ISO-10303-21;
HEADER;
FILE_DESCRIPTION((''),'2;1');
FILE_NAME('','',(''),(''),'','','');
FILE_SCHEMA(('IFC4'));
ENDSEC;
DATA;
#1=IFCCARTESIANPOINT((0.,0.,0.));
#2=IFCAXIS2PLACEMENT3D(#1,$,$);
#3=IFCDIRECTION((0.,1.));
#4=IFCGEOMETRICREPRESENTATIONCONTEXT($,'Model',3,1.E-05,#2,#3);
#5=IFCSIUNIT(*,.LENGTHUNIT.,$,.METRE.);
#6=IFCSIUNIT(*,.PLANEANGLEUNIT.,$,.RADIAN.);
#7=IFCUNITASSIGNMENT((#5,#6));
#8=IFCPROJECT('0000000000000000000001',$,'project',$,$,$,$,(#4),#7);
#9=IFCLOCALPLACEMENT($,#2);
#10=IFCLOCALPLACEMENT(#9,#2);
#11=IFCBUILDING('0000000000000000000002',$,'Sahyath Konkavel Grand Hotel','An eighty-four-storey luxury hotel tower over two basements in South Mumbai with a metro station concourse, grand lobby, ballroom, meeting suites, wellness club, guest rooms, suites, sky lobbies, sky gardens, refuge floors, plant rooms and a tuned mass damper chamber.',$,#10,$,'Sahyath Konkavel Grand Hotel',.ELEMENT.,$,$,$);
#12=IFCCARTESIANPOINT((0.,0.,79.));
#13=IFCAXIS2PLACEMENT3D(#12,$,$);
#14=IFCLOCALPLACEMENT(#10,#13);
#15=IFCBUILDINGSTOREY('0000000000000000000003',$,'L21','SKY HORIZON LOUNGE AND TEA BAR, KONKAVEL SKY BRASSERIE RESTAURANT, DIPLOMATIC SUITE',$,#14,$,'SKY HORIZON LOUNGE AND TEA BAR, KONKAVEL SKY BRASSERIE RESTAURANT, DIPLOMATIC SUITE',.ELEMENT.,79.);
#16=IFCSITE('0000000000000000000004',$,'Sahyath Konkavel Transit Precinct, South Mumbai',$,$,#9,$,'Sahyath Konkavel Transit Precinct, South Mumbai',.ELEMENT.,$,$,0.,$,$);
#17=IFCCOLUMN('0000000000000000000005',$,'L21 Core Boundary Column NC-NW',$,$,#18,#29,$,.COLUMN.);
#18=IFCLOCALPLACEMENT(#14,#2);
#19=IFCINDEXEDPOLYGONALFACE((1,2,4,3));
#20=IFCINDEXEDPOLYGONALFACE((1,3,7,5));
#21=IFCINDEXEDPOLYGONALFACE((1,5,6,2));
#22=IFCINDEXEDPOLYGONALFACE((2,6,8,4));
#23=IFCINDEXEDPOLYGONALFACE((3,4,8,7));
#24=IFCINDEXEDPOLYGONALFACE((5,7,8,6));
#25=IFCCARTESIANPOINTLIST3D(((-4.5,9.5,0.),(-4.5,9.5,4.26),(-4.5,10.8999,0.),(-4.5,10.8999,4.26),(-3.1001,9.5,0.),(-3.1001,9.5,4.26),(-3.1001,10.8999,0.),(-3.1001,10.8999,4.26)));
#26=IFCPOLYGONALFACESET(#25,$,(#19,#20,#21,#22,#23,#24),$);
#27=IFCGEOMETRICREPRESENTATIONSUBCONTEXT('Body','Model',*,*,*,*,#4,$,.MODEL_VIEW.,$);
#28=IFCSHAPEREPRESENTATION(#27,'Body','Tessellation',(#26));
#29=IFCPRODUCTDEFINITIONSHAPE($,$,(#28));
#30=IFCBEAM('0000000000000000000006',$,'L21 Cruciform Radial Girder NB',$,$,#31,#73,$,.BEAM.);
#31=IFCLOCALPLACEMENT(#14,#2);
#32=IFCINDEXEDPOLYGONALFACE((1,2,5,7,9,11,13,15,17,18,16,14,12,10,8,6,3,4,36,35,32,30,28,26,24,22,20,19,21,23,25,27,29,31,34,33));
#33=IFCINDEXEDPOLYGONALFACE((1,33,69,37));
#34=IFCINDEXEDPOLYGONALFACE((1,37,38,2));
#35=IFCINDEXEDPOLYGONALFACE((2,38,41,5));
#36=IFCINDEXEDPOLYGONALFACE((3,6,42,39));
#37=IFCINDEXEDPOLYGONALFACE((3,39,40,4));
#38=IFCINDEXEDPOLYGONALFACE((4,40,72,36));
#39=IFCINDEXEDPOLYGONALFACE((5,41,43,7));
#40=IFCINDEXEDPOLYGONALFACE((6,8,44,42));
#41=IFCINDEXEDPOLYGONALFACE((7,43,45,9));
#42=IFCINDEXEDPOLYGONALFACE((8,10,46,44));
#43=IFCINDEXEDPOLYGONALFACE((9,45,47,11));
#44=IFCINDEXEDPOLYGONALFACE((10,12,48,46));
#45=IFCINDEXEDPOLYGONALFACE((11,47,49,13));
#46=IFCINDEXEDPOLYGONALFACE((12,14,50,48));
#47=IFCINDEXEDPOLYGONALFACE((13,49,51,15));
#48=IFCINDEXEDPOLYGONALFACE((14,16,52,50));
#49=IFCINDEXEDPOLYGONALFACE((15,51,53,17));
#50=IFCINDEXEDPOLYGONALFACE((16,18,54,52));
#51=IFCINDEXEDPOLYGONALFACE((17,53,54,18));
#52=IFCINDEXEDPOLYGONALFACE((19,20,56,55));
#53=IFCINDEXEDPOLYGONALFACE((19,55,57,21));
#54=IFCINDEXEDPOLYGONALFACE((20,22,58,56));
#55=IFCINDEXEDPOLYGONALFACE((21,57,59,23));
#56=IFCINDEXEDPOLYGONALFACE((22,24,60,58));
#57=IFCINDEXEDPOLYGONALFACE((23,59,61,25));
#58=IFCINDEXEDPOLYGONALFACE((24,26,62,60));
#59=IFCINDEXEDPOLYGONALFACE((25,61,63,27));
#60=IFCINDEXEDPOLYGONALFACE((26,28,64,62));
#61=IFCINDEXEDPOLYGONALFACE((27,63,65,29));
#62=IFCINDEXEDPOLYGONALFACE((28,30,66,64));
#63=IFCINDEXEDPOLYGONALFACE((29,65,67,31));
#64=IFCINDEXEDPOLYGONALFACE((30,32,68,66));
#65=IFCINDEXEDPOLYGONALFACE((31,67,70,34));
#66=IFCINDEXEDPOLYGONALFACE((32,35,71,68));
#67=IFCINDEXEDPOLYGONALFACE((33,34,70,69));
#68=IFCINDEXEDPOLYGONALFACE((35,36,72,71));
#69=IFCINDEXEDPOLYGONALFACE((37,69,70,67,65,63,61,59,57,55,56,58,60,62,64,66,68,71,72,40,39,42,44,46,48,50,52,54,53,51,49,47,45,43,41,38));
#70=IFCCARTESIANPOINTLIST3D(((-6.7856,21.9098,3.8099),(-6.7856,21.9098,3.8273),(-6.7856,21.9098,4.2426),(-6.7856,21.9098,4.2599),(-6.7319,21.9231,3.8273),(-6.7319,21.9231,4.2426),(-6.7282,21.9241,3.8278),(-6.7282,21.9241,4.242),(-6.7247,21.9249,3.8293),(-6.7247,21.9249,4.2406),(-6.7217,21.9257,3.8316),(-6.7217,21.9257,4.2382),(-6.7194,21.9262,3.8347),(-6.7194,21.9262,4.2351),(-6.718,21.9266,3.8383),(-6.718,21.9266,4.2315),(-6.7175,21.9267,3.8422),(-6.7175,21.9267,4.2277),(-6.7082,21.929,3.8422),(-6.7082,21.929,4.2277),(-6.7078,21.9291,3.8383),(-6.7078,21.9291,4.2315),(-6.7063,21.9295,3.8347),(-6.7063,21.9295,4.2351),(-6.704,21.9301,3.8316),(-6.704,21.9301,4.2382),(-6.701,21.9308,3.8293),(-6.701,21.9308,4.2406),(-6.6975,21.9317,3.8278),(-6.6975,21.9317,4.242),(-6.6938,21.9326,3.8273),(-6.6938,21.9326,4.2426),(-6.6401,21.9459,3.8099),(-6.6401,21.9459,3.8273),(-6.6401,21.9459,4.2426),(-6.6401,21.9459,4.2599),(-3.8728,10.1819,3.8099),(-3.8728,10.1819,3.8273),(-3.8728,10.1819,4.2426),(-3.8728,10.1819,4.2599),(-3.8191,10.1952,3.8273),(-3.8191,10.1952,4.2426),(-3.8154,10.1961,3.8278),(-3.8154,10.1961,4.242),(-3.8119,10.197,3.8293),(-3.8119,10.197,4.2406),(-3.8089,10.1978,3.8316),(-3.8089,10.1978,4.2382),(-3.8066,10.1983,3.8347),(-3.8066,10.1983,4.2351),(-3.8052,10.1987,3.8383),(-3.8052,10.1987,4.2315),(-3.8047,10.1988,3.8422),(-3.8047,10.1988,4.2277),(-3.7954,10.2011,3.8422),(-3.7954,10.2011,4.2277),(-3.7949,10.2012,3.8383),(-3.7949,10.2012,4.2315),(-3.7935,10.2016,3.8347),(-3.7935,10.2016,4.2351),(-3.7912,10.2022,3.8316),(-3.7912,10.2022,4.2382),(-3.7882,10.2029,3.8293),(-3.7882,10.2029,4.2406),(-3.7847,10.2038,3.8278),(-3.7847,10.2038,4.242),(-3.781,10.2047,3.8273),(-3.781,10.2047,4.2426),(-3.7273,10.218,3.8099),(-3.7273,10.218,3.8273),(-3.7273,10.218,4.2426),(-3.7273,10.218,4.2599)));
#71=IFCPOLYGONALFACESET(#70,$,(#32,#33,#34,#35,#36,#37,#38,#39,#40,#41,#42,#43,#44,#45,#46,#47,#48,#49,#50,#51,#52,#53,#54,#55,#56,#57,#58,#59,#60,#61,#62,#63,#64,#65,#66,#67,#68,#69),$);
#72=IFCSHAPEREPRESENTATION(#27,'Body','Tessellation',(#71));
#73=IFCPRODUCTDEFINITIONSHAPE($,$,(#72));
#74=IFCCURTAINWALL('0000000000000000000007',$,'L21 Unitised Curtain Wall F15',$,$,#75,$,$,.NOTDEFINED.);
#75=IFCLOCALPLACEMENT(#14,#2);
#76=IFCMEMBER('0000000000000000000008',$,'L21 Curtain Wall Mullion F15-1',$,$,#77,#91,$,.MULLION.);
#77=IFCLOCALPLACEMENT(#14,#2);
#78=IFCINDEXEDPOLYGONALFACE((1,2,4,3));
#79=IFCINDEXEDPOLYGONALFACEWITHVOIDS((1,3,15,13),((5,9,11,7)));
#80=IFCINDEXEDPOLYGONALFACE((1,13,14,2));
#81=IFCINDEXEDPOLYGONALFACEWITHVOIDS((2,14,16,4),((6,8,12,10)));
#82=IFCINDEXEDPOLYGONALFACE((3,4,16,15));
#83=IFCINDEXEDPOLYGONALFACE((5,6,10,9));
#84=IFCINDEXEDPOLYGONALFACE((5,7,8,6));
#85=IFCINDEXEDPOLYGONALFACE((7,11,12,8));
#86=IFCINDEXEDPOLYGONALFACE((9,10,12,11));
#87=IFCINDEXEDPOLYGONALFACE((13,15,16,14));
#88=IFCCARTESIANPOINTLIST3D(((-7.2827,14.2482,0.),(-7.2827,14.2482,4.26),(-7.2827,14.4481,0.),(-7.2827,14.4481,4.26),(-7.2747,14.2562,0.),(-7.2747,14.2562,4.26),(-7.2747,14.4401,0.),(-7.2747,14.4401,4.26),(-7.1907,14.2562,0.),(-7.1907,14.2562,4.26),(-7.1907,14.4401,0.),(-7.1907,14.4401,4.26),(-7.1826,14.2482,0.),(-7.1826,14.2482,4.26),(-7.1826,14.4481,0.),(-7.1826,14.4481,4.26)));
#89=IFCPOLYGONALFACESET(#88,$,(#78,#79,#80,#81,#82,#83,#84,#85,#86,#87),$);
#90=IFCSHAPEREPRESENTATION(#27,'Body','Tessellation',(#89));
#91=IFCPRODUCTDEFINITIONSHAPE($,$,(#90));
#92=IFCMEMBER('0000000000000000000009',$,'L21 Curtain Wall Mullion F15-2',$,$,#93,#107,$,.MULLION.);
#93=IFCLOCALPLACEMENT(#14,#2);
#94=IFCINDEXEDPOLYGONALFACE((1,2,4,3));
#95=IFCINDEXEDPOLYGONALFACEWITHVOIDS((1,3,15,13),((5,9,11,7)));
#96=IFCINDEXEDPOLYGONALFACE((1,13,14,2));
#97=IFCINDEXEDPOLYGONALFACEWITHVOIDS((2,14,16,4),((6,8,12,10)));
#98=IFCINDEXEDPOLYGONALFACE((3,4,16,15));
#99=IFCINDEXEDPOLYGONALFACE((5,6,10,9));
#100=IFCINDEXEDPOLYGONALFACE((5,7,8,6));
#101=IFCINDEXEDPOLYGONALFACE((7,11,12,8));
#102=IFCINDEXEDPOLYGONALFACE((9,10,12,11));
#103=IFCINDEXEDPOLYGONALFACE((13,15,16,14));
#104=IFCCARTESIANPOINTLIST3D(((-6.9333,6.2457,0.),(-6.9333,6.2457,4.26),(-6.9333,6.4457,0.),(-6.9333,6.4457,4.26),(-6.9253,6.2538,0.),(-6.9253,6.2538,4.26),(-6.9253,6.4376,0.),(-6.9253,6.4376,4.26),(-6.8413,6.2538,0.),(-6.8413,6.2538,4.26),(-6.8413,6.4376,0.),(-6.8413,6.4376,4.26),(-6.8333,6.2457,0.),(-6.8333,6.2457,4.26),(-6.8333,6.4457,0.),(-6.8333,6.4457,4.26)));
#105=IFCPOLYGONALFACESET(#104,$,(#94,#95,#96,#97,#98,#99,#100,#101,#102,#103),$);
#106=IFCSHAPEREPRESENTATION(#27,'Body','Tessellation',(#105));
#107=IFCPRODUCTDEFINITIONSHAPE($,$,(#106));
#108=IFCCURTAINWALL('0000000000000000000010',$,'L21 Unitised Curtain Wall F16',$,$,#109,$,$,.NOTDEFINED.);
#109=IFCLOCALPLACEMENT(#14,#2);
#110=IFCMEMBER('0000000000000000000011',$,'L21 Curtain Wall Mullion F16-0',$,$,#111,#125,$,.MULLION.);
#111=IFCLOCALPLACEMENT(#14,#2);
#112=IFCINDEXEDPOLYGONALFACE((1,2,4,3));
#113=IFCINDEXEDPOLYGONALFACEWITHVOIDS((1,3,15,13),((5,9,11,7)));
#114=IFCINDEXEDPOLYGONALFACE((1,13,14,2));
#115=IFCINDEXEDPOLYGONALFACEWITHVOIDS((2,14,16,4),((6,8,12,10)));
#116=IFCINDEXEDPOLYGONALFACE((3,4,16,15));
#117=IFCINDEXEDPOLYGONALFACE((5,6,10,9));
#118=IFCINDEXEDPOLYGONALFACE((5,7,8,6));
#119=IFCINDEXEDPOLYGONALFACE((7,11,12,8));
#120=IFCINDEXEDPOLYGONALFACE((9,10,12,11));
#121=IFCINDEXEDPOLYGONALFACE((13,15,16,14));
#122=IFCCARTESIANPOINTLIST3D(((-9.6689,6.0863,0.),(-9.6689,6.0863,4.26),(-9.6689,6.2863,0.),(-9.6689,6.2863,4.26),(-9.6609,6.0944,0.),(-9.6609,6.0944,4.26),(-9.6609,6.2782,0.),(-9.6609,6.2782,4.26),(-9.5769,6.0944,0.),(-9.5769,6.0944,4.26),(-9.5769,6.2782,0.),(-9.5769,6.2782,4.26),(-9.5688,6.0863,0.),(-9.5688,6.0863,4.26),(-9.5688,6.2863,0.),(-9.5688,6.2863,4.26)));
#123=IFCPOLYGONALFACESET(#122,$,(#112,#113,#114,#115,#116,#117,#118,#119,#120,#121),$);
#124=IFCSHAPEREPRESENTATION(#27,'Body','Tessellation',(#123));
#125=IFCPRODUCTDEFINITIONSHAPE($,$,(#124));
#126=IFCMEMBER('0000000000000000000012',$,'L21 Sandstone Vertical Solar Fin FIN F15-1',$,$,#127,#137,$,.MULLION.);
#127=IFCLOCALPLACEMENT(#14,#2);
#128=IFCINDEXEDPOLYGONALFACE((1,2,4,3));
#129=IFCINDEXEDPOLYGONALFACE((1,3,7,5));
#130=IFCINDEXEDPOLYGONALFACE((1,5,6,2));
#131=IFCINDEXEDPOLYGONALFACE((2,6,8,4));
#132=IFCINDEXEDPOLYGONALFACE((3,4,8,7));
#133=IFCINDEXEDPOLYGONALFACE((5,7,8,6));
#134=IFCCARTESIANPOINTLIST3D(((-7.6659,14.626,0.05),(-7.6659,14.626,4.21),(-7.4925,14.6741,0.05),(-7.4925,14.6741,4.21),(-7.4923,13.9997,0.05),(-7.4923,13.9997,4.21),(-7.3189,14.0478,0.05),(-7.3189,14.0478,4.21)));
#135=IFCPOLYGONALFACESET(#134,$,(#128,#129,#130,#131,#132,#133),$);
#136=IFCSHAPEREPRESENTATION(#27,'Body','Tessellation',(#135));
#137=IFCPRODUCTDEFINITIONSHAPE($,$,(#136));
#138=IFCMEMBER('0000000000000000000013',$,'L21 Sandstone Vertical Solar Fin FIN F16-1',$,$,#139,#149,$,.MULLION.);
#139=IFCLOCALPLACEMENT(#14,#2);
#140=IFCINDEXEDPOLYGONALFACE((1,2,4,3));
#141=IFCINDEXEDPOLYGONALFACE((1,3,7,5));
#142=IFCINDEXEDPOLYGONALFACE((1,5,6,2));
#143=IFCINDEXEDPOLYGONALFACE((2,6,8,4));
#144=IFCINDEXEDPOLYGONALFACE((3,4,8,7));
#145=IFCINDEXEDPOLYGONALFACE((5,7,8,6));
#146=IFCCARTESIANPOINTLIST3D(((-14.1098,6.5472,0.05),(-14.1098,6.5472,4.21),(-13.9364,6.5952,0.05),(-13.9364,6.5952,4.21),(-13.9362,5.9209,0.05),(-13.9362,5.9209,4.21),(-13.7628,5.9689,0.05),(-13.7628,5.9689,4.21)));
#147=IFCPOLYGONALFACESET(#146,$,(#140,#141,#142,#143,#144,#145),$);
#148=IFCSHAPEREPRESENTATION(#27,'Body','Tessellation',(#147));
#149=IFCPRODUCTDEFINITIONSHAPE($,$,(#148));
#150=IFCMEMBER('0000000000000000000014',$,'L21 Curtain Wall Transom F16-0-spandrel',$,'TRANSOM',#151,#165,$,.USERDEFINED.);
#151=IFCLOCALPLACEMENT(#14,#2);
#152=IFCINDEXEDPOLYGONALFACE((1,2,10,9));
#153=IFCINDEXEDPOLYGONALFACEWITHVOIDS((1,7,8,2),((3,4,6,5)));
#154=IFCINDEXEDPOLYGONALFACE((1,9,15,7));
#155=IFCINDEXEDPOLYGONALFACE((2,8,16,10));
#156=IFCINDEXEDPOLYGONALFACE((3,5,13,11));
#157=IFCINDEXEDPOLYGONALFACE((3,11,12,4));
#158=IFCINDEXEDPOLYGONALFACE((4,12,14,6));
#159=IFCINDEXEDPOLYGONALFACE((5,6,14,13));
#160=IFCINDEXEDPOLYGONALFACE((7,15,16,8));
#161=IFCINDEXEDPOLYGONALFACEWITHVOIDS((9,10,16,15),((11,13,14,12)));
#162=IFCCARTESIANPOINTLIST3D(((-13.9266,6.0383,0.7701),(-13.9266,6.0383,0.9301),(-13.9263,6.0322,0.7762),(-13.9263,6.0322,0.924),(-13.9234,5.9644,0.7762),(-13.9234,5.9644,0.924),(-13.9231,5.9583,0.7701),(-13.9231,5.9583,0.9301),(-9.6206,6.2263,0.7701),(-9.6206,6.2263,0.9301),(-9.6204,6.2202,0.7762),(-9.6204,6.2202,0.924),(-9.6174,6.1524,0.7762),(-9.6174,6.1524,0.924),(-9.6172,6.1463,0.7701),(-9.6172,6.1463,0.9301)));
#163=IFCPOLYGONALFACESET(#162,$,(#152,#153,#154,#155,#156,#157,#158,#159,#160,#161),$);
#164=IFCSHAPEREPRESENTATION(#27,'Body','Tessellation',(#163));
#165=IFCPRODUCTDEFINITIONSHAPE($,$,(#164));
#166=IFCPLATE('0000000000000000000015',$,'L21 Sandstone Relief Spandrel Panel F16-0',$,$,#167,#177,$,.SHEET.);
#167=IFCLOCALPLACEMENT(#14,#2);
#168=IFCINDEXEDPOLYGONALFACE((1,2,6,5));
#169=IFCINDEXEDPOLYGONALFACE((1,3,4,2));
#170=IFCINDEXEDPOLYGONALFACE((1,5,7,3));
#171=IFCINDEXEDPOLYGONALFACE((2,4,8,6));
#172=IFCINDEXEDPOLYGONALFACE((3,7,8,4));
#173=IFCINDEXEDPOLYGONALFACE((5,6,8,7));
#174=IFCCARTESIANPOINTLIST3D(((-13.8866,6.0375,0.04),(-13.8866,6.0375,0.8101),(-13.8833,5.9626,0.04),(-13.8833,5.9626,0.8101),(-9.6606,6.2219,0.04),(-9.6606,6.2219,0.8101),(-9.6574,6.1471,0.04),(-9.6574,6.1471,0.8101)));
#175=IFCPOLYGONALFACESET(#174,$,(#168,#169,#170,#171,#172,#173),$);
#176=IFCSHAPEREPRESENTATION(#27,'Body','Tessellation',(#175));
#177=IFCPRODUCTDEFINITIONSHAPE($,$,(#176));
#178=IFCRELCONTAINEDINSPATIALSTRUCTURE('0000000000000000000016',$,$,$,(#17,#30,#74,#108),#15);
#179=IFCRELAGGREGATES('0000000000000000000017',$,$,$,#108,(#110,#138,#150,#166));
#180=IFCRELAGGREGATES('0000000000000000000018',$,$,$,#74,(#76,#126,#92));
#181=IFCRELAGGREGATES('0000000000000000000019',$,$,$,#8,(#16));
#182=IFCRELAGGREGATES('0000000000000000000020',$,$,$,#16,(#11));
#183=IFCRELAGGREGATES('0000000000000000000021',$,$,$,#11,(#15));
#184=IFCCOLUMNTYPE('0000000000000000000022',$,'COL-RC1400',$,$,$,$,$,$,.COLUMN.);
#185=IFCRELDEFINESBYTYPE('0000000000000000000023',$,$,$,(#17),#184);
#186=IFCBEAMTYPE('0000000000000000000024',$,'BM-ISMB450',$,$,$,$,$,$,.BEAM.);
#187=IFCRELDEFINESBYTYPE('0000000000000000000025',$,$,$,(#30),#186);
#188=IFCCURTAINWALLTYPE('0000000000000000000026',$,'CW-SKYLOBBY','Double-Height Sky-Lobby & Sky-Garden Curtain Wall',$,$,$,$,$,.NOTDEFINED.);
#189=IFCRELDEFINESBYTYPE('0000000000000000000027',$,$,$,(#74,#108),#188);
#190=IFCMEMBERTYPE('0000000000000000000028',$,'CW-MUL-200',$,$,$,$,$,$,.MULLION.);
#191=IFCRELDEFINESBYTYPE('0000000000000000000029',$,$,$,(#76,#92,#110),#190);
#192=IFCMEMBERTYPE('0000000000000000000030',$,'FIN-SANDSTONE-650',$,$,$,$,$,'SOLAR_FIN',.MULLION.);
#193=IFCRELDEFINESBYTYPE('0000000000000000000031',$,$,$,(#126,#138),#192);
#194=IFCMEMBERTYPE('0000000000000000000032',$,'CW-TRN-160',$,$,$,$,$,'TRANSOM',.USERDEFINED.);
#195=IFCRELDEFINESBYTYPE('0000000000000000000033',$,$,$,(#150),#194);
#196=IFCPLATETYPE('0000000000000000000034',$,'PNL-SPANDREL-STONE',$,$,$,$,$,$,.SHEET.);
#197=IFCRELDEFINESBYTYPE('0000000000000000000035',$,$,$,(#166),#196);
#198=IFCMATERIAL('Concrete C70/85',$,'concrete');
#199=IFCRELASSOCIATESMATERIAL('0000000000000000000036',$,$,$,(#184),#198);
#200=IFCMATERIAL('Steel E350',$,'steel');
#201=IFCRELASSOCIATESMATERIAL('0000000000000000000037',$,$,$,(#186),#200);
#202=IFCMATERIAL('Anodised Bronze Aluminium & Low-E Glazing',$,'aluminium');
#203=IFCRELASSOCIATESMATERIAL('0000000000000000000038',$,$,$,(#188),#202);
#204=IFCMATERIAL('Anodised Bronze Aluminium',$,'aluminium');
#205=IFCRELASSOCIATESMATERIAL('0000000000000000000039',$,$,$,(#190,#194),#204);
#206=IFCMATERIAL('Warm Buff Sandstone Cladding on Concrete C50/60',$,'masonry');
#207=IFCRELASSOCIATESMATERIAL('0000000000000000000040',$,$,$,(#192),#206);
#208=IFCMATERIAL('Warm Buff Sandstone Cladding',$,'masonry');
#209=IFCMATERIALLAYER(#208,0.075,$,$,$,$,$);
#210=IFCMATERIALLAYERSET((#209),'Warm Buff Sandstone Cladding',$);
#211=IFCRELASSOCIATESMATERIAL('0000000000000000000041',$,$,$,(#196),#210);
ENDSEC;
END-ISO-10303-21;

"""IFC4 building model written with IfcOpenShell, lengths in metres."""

from ifc_helpers import new_model, si_unit, direction, frame, origin, origin_2d, place, context, subcontext, project, spatial, rectangle, hollow_rectangle, i_section, extrude, source, transform, mapped, material, layer, layer_set, material_profile, profile_set, type_object, element, aggregate, save


model = new_model("IFC4")

# Units and contexts
model_context = context("Model", 3, precision=1e-05, world=origin(), true_north=direction((0.0, 1.0)))
body_context = subcontext(model_context, "Body", "Model", "MODEL_VIEW")
ifc_project = project(units=[si_unit("LENGTHUNIT", "METRE"), si_unit("PLANEANGLEUNIT", "RADIAN")], contexts=[model_context])

# Site, building, storey
site_placement = place(None, origin())
site = spatial("IfcSite", under=ifc_project, at=site_placement, Name="Sahyath Konkavel Transit Precinct, South Mumbai", LongName="Sahyath Konkavel Transit Precinct, South Mumbai", CompositionType="ELEMENT", RefElevation=0.0)
building_placement = place(site_placement, origin())
building = spatial("IfcBuilding", under=site, at=building_placement, Name="Sahyath Konkavel Grand Hotel", Description="An eighty-four-storey luxury hotel tower over two basements in South Mumbai with a metro station concourse, grand lobby, ballroom, meeting suites, wellness club, guest rooms, suites, sky lobbies, sky gardens, refuge floors, plant rooms and a tuned mass damper chamber.", LongName="Sahyath Konkavel Grand Hotel", CompositionType="ELEMENT")
storey_placement = place(building_placement, frame((0.0, 0.0, 79.0)))
storey = spatial("IfcBuildingStorey", under=building, at=storey_placement, Name="L21", Description="SKY HORIZON LOUNGE AND TEA BAR, KONKAVEL SKY BRASSERIE RESTAURANT, DIPLOMATIC SUITE", LongName="SKY HORIZON LOUNGE AND TEA BAR, KONKAVEL SKY BRASSERIE RESTAURANT, DIPLOMATIC SUITE", CompositionType="ELEMENT", Elevation=79.0)

# Column
ifc_material_1 = material(Name="Concrete C70/85", Category="concrete")
ifc_material_profile_1 = material_profile(ifc_material_1, rectangle(XDim=1.3999, YDim=1.3999, at=origin_2d()), Name="RC 1400x1400")
ifc_profile_set_1 = profile_set([ifc_material_profile_1], Name="Concrete C70/85")
column_type = type_object("IfcColumnType", Name="COL-RC1400", PredefinedType="COLUMN", material=ifc_profile_set_1)
shared_shape_1 = source(origin(), body_context, "Body", "SweptSolid", [
    extrude(rectangle(XDim=1.3999, YDim=1.3999, at=origin_2d()), origin(), (0.0, 0.0, 1.0), 4.26),
])
column_placement = place(storey_placement, frame((-3.8, 10.2, 0.0), z_axis=(0.0, 0.0, 1.0), x_axis=(1.0, 0.0, 0.0)))
element("IfcColumn", 1, at=column_placement, inside=storey, type_object=column_type, Name="L21 Core Boundary Column NC-NW", PredefinedType="COLUMN", context=body_context, shape_type="MappedRepresentation", body=[
    mapped(shared_shape_1, transform((0.0, 0.0, 0.0), scale=1.0)),
])

# Beam
ifc_material_2 = material(Name="Steel E350", Category="steel")
ifc_material_profile_2 = material_profile(ifc_material_2, i_section(OverallWidth=0.1499, OverallDepth=0.45, WebThickness=0.0095, FlangeThickness=0.0173, FilletRadius=0.0149, at=origin_2d()), Name="ISMB 450")
ifc_profile_set_2 = profile_set([ifc_material_profile_2], Name="Steel E350")
beam_type = type_object("IfcBeamType", Name="BM-ISMB450", PredefinedType="BEAM", material=ifc_profile_set_2)
shared_shape_2 = source(origin(), body_context, "Body", "SweptSolid", [
    extrude(i_section(OverallWidth=0.1499, OverallDepth=0.45, WebThickness=0.0095, FlangeThickness=0.0173, FilletRadius=0.0149, at=origin_2d()), origin(), (0.0, 0.0, 1.0), 12.0842),
])
beam_placement = place(storey_placement, frame((-3.8, 10.2, 4.0349), z_axis=(-0.241043, 0.970515, 0.0), x_axis=(-0.970515, -0.241043, 0.0)))
element("IfcBeam", 2, at=beam_placement, inside=storey, type_object=beam_type, Name="L21 Cruciform Radial Girder NB", PredefinedType="BEAM", context=body_context, shape_type="MappedRepresentation", body=[
    mapped(shared_shape_2, transform((0.0, 0.0, 0.0), scale=1.0)),
])

# Curtain wall, members
ifc_material_3 = material(Name="Anodised Bronze Aluminium & Low-E Glazing", Category="aluminium")
curtain_wall_type = type_object("IfcCurtainWallType", Name="CW-SKYLOBBY", Description="Double-Height Sky-Lobby & Sky-Garden Curtain Wall", PredefinedType="NOTDEFINED", material=ifc_material_3)
curtain_wall_1_placement = place(storey_placement, origin())
curtain_wall_1 = element("IfcCurtainWall", 3, at=curtain_wall_1_placement, inside=storey, type_object=curtain_wall_type, Name="L21 Unitised Curtain Wall F15", PredefinedType="NOTDEFINED")
ifc_material_4 = material(Name="Anodised Bronze Aluminium", Category="aluminium")
ifc_material_profile_3 = material_profile(ifc_material_4, hollow_rectangle(XDim=0.1001, YDim=0.2, WallThickness=0.0081, at=origin_2d()), Name="RHS 200x100x8")
ifc_profile_set_3 = profile_set([ifc_material_profile_3], Name="Anodised Bronze Aluminium")
member_type_1 = type_object("IfcMemberType", Name="CW-MUL-200", PredefinedType="MULLION", material=ifc_profile_set_3)
shared_shape_3 = source(origin(), body_context, "Body", "SweptSolid", [
    extrude(hollow_rectangle(XDim=0.1001, YDim=0.2, WallThickness=0.0081, at=origin_2d()), origin(), (0.0, 0.0, 1.0), 4.26),
])
member_1_placement = place(storey_placement, frame((-7.2327, 14.3481, 0.0), z_axis=(0.0, 0.0, 1.0), x_axis=(1.0, 0.0, 0.0)))
member_1 = element("IfcMember", 4, at=member_1_placement, type_object=member_type_1, Name="L21 Curtain Wall Mullion F15-1", PredefinedType="MULLION", context=body_context, shape_type="MappedRepresentation", body=[
    mapped(shared_shape_3, transform((0.0, 0.0, 0.0), scale=1.0)),
])
member_2_placement = place(storey_placement, frame((-6.8833, 6.3457, 0.0), z_axis=(0.0, 0.0, 1.0), x_axis=(1.0, 0.0, 0.0)))
member_2 = element("IfcMember", 5, at=member_2_placement, type_object=member_type_1, Name="L21 Curtain Wall Mullion F15-2", PredefinedType="MULLION", context=body_context, shape_type="MappedRepresentation", body=[
    mapped(shared_shape_3, transform((0.0, 0.0, 0.0), scale=1.0)),
])

# Curtain wall, member
curtain_wall_2_placement = place(storey_placement, origin())
curtain_wall_2 = element("IfcCurtainWall", 6, at=curtain_wall_2_placement, inside=storey, type_object=curtain_wall_type, Name="L21 Unitised Curtain Wall F16", PredefinedType="NOTDEFINED")
member_3_placement = place(storey_placement, frame((-9.6189, 6.1863, 0.0), z_axis=(0.0, 0.0, 1.0), x_axis=(1.0, 0.0, 0.0)))
member_3 = element("IfcMember", 7, at=member_3_placement, type_object=member_type_1, Name="L21 Curtain Wall Mullion F16-0", PredefinedType="MULLION", context=body_context, shape_type="MappedRepresentation", body=[
    mapped(shared_shape_3, transform((0.0, 0.0, 0.0), scale=1.0)),
])

# Members
ifc_material_5 = material(Name="Warm Buff Sandstone Cladding on Concrete C50/60", Category="masonry")
ifc_material_profile_4 = material_profile(ifc_material_5, rectangle(XDim=0.1799, YDim=0.6499, at=origin_2d()), Name="FIN 180x650")
ifc_profile_set_4 = profile_set([ifc_material_profile_4], Name="Warm Buff Sandstone Cladding on Concrete C50/60")
member_type_2 = type_object("IfcMemberType", Name="FIN-SANDSTONE-650", ElementType="SOLAR_FIN", PredefinedType="MULLION", material=ifc_profile_set_4)
shared_shape_4 = source(origin(), body_context, "Body", "SweptSolid", [
    extrude(rectangle(XDim=0.1799, YDim=0.6499, at=origin_2d()), origin(), (0.0, 0.0, 1.0), 4.1599),
])
member_4_placement = place(storey_placement, frame((-7.4924, 14.3369, 0.05), z_axis=(0.0, 0.0, 1.0), x_axis=(0.963677, 0.26707, 0.0)))
member_4 = element("IfcMember", 8, at=member_4_placement, type_object=member_type_2, Name="L21 Sandstone Vertical Solar Fin FIN F15-1", PredefinedType="MULLION", context=body_context, shape_type="MappedRepresentation", body=[
    mapped(shared_shape_4, transform((0.0, 0.0, 0.0), scale=1.0)),
])
member_5_placement = place(storey_placement, frame((-13.9363, 6.2581, 0.05), z_axis=(0.0, 0.0, 1.0), x_axis=(0.963677, 0.26707, 0.0)))
member_5 = element("IfcMember", 9, at=member_5_placement, type_object=member_type_2, Name="L21 Sandstone Vertical Solar Fin FIN F16-1", PredefinedType="MULLION", context=body_context, shape_type="MappedRepresentation", body=[
    mapped(shared_shape_4, transform((0.0, 0.0, 0.0), scale=1.0)),
])
ifc_material_profile_5 = material_profile(ifc_material_4, hollow_rectangle(XDim=0.0801, YDim=0.1599, WallThickness=0.0061, at=origin_2d()), Name="RHS 160x80x6")
ifc_profile_set_5 = profile_set([ifc_material_profile_5], Name="Anodised Bronze Aluminium")
member_type_3 = type_object("IfcMemberType", Name="CW-TRN-160", ElementType="TRANSOM", PredefinedType="USERDEFINED", material=ifc_profile_set_5)
shared_shape_5 = source(origin(), body_context, "Body", "SweptSolid", [
    extrude(hollow_rectangle(XDim=0.0801, YDim=0.1599, WallThickness=0.0061, at=origin_2d()), origin(), (0.0, 0.0, 1.0), 4.3101),
])
member_6_placement = place(storey_placement, frame((-9.6189, 6.1863, 0.8501), z_axis=(-0.999048, -0.043617, 0.0), x_axis=(0.043617, -0.999048, 0.0)))
member_6 = element("IfcMember", 10, at=member_6_placement, type_object=member_type_3, Name="L21 Curtain Wall Transom F16-0-spandrel", ObjectType="TRANSOM", PredefinedType="USERDEFINED", context=body_context, shape_type="MappedRepresentation", body=[
    mapped(shared_shape_5, transform((0.0, 0.0, 0.0), scale=1.0)),
])

# Plate
ifc_material_6 = material(Name="Warm Buff Sandstone Cladding", Category="masonry")
ifc_layer_1 = layer(ifc_material_6, 0.075)
ifc_layer_set_1 = layer_set([ifc_layer_1], Name="Warm Buff Sandstone Cladding")
plate_type_1 = type_object("IfcPlateType", Name="PNL-SPANDREL-STONE", PredefinedType="SHEET", material=ifc_layer_set_1)
shared_shape_6 = source(origin(), body_context, "Body", "SweptSolid", [
    extrude(rectangle(XDim=4.23, YDim=0.075, at=origin_2d()), origin(), (0.0, 0.0, 1.0), 0.77),
])
plate_1_placement = place(storey_placement, frame((-11.772, 6.0923, 0.04), z_axis=(0.0, 0.0, 1.0), x_axis=(-0.999049, -0.043602, 0.0)))
plate_1 = element("IfcPlate", 11, at=plate_1_placement, type_object=plate_type_1, Name="L21 Sandstone Relief Spandrel Panel F16-0", PredefinedType="SHEET", context=body_context, shape_type="MappedRepresentation", body=[
    mapped(shared_shape_6, transform((0.0, 0.0, 0.0), scale=1.0)),
])
aggregate(curtain_wall_2, [member_3, member_5, member_6, plate_1])
aggregate(curtain_wall_1, [member_1, member_4, member_2])

save(model, "model.ifc")
